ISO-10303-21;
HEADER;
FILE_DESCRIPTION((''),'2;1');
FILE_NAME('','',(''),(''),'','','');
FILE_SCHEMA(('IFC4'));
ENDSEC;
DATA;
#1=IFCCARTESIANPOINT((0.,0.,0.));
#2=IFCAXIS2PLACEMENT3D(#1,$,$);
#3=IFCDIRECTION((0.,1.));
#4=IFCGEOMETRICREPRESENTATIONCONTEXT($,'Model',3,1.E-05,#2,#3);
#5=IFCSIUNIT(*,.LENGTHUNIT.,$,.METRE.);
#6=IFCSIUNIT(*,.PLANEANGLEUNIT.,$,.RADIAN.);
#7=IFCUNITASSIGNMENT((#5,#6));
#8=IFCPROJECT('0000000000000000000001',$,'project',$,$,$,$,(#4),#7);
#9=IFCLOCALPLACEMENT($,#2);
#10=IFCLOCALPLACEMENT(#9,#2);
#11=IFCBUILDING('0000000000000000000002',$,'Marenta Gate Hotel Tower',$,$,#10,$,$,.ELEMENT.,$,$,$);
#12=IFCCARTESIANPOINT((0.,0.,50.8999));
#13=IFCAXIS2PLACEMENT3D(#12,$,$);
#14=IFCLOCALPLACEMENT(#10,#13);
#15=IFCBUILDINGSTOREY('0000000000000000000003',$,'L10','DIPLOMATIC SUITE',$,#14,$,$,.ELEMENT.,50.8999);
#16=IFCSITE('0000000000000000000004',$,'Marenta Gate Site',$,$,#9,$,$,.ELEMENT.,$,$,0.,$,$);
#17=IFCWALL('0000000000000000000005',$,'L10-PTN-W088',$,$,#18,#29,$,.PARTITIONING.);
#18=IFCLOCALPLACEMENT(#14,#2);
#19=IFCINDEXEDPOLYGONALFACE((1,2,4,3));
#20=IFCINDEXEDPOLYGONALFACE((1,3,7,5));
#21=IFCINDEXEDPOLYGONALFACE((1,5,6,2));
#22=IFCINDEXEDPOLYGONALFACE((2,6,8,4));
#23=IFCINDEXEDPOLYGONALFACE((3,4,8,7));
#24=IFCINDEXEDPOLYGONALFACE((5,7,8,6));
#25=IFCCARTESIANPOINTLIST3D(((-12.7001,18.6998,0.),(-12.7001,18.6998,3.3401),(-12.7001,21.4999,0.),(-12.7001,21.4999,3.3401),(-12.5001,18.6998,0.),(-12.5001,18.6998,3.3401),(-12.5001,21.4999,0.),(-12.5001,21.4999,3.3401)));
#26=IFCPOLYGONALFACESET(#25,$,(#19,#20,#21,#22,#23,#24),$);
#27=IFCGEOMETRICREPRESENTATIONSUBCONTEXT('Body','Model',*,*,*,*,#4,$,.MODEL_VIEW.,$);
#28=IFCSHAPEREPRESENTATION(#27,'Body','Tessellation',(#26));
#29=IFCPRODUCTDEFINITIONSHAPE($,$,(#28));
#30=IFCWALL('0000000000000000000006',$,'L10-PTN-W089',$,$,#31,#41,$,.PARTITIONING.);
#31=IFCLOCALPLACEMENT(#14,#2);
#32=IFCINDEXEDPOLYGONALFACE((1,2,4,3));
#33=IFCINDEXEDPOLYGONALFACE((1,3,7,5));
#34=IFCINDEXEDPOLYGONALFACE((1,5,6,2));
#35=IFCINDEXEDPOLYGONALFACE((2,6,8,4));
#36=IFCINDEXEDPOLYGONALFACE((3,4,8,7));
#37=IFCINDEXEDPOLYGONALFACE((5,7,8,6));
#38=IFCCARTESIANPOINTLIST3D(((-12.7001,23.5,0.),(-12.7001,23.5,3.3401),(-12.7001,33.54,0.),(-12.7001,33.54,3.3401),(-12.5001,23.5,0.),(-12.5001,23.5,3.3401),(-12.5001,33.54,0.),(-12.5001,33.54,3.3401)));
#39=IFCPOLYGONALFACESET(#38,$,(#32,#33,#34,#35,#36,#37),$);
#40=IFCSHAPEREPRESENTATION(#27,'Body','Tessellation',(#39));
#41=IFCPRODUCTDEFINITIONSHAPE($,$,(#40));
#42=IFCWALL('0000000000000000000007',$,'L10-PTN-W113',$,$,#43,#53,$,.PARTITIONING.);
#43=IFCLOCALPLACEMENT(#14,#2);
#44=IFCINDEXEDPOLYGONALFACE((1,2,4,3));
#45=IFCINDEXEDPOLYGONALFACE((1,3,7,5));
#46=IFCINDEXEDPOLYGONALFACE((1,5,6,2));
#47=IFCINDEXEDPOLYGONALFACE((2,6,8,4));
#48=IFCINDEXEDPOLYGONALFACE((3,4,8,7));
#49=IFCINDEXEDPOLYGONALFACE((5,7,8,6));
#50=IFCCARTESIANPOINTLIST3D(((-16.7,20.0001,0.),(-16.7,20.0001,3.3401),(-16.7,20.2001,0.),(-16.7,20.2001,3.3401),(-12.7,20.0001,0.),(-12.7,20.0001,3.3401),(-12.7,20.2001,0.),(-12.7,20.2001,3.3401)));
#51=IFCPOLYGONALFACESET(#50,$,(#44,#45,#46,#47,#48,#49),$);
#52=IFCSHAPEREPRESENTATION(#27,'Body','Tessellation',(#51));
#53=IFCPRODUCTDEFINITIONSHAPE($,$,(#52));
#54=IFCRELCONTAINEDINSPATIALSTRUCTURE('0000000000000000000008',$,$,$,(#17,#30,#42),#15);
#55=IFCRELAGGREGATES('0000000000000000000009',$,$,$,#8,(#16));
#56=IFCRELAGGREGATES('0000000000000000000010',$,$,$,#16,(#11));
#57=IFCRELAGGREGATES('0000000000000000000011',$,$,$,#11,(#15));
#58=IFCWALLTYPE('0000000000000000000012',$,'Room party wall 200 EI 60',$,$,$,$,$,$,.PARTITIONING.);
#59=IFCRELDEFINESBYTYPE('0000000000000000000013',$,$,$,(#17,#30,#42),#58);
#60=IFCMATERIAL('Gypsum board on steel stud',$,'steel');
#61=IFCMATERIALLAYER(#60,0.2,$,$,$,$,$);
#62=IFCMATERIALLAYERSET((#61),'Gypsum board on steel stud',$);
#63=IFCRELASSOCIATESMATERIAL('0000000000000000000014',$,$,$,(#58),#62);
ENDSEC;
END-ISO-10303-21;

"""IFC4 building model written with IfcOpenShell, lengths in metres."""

from ifc_helpers import new_model, si_unit, direction, frame, frame_2d, origin, place, context, subcontext, project, spatial, rectangle, extrude, material, layer, layer_set, type_object, element, save


model = new_model("IFC4")

# Units and contexts
model_context = context("Model", 3, precision=1e-05, world=origin(), true_north=direction((0.0, 1.0)))
body_context = subcontext(model_context, "Body", "Model", "MODEL_VIEW")
ifc_project = project(units=[si_unit("LENGTHUNIT", "METRE"), si_unit("PLANEANGLEUNIT", "RADIAN")], contexts=[model_context])

# Site, building, storey
site_placement = place(None, origin())
site = spatial("IfcSite", under=ifc_project, at=site_placement, Name="Marenta Gate Site", CompositionType="ELEMENT", RefElevation=0.0)
building_placement = place(site_placement, origin())
building = spatial("IfcBuilding", under=site, at=building_placement, Name="Marenta Gate Hotel Tower", CompositionType="ELEMENT")
storey_placement = place(building_placement, frame((0.0, 0.0, 50.8999)))
storey = spatial("IfcBuildingStorey", under=building, at=storey_placement, Name="L10", Description="DIPLOMATIC SUITE", CompositionType="ELEMENT", Elevation=50.8999)

# Walls
ifc_material_1 = material(Name="Gypsum board on steel stud", Category="steel")
ifc_layer_1 = layer(ifc_material_1, 0.2)
ifc_layer_set_1 = layer_set([ifc_layer_1], Name="Gypsum board on steel stud")
wall_type_1 = type_object("IfcWallType", Name="Room party wall 200 EI 60", PredefinedType="PARTITIONING", material=ifc_layer_set_1)
wall_1_placement = place(storey_placement, frame((-12.6001, 18.7, 0.0), z_axis=(0.0, 0.0, 1.0), x_axis=(0.0, 1.0, 0.0)))
element("IfcWall", 1, at=wall_1_placement, inside=storey, type_object=wall_type_1, Name="L10-PTN-W088", PredefinedType="PARTITIONING", context=body_context, shape_type="SweptSolid", body=[
    extrude(rectangle(XDim=2.8, YDim=0.2, at=frame_2d((1.3999, 0.0))), origin(), (0.0, 0.0, 1.0), 3.3401),
])
wall_2_placement = place(storey_placement, frame((-12.6001, 23.5, 0.0), z_axis=(0.0, 0.0, 1.0), x_axis=(0.0, 1.0, 0.0)))
element("IfcWall", 2, at=wall_2_placement, inside=storey, type_object=wall_type_1, Name="L10-PTN-W089", PredefinedType="PARTITIONING", context=body_context, shape_type="SweptSolid", body=[
    extrude(rectangle(XDim=10.04, YDim=0.2, at=frame_2d((5.02, 0.0))), origin(), (0.0, 0.0, 1.0), 3.3401),
])
wall_3_placement = place(storey_placement, frame((-16.7, 20.1001, 0.0), z_axis=(0.0, 0.0, 1.0), x_axis=(1.0, 0.0, 0.0)))
element("IfcWall", 3, at=wall_3_placement, inside=storey, type_object=wall_type_1, Name="L10-PTN-W113", PredefinedType="PARTITIONING", context=body_context, shape_type="SweptSolid", body=[
    extrude(rectangle(XDim=4.0, YDim=0.2, at=frame_2d((2.0, 0.0))), origin(), (0.0, 0.0, 1.0), 3.3401),
])

save(model, "model.ifc")
